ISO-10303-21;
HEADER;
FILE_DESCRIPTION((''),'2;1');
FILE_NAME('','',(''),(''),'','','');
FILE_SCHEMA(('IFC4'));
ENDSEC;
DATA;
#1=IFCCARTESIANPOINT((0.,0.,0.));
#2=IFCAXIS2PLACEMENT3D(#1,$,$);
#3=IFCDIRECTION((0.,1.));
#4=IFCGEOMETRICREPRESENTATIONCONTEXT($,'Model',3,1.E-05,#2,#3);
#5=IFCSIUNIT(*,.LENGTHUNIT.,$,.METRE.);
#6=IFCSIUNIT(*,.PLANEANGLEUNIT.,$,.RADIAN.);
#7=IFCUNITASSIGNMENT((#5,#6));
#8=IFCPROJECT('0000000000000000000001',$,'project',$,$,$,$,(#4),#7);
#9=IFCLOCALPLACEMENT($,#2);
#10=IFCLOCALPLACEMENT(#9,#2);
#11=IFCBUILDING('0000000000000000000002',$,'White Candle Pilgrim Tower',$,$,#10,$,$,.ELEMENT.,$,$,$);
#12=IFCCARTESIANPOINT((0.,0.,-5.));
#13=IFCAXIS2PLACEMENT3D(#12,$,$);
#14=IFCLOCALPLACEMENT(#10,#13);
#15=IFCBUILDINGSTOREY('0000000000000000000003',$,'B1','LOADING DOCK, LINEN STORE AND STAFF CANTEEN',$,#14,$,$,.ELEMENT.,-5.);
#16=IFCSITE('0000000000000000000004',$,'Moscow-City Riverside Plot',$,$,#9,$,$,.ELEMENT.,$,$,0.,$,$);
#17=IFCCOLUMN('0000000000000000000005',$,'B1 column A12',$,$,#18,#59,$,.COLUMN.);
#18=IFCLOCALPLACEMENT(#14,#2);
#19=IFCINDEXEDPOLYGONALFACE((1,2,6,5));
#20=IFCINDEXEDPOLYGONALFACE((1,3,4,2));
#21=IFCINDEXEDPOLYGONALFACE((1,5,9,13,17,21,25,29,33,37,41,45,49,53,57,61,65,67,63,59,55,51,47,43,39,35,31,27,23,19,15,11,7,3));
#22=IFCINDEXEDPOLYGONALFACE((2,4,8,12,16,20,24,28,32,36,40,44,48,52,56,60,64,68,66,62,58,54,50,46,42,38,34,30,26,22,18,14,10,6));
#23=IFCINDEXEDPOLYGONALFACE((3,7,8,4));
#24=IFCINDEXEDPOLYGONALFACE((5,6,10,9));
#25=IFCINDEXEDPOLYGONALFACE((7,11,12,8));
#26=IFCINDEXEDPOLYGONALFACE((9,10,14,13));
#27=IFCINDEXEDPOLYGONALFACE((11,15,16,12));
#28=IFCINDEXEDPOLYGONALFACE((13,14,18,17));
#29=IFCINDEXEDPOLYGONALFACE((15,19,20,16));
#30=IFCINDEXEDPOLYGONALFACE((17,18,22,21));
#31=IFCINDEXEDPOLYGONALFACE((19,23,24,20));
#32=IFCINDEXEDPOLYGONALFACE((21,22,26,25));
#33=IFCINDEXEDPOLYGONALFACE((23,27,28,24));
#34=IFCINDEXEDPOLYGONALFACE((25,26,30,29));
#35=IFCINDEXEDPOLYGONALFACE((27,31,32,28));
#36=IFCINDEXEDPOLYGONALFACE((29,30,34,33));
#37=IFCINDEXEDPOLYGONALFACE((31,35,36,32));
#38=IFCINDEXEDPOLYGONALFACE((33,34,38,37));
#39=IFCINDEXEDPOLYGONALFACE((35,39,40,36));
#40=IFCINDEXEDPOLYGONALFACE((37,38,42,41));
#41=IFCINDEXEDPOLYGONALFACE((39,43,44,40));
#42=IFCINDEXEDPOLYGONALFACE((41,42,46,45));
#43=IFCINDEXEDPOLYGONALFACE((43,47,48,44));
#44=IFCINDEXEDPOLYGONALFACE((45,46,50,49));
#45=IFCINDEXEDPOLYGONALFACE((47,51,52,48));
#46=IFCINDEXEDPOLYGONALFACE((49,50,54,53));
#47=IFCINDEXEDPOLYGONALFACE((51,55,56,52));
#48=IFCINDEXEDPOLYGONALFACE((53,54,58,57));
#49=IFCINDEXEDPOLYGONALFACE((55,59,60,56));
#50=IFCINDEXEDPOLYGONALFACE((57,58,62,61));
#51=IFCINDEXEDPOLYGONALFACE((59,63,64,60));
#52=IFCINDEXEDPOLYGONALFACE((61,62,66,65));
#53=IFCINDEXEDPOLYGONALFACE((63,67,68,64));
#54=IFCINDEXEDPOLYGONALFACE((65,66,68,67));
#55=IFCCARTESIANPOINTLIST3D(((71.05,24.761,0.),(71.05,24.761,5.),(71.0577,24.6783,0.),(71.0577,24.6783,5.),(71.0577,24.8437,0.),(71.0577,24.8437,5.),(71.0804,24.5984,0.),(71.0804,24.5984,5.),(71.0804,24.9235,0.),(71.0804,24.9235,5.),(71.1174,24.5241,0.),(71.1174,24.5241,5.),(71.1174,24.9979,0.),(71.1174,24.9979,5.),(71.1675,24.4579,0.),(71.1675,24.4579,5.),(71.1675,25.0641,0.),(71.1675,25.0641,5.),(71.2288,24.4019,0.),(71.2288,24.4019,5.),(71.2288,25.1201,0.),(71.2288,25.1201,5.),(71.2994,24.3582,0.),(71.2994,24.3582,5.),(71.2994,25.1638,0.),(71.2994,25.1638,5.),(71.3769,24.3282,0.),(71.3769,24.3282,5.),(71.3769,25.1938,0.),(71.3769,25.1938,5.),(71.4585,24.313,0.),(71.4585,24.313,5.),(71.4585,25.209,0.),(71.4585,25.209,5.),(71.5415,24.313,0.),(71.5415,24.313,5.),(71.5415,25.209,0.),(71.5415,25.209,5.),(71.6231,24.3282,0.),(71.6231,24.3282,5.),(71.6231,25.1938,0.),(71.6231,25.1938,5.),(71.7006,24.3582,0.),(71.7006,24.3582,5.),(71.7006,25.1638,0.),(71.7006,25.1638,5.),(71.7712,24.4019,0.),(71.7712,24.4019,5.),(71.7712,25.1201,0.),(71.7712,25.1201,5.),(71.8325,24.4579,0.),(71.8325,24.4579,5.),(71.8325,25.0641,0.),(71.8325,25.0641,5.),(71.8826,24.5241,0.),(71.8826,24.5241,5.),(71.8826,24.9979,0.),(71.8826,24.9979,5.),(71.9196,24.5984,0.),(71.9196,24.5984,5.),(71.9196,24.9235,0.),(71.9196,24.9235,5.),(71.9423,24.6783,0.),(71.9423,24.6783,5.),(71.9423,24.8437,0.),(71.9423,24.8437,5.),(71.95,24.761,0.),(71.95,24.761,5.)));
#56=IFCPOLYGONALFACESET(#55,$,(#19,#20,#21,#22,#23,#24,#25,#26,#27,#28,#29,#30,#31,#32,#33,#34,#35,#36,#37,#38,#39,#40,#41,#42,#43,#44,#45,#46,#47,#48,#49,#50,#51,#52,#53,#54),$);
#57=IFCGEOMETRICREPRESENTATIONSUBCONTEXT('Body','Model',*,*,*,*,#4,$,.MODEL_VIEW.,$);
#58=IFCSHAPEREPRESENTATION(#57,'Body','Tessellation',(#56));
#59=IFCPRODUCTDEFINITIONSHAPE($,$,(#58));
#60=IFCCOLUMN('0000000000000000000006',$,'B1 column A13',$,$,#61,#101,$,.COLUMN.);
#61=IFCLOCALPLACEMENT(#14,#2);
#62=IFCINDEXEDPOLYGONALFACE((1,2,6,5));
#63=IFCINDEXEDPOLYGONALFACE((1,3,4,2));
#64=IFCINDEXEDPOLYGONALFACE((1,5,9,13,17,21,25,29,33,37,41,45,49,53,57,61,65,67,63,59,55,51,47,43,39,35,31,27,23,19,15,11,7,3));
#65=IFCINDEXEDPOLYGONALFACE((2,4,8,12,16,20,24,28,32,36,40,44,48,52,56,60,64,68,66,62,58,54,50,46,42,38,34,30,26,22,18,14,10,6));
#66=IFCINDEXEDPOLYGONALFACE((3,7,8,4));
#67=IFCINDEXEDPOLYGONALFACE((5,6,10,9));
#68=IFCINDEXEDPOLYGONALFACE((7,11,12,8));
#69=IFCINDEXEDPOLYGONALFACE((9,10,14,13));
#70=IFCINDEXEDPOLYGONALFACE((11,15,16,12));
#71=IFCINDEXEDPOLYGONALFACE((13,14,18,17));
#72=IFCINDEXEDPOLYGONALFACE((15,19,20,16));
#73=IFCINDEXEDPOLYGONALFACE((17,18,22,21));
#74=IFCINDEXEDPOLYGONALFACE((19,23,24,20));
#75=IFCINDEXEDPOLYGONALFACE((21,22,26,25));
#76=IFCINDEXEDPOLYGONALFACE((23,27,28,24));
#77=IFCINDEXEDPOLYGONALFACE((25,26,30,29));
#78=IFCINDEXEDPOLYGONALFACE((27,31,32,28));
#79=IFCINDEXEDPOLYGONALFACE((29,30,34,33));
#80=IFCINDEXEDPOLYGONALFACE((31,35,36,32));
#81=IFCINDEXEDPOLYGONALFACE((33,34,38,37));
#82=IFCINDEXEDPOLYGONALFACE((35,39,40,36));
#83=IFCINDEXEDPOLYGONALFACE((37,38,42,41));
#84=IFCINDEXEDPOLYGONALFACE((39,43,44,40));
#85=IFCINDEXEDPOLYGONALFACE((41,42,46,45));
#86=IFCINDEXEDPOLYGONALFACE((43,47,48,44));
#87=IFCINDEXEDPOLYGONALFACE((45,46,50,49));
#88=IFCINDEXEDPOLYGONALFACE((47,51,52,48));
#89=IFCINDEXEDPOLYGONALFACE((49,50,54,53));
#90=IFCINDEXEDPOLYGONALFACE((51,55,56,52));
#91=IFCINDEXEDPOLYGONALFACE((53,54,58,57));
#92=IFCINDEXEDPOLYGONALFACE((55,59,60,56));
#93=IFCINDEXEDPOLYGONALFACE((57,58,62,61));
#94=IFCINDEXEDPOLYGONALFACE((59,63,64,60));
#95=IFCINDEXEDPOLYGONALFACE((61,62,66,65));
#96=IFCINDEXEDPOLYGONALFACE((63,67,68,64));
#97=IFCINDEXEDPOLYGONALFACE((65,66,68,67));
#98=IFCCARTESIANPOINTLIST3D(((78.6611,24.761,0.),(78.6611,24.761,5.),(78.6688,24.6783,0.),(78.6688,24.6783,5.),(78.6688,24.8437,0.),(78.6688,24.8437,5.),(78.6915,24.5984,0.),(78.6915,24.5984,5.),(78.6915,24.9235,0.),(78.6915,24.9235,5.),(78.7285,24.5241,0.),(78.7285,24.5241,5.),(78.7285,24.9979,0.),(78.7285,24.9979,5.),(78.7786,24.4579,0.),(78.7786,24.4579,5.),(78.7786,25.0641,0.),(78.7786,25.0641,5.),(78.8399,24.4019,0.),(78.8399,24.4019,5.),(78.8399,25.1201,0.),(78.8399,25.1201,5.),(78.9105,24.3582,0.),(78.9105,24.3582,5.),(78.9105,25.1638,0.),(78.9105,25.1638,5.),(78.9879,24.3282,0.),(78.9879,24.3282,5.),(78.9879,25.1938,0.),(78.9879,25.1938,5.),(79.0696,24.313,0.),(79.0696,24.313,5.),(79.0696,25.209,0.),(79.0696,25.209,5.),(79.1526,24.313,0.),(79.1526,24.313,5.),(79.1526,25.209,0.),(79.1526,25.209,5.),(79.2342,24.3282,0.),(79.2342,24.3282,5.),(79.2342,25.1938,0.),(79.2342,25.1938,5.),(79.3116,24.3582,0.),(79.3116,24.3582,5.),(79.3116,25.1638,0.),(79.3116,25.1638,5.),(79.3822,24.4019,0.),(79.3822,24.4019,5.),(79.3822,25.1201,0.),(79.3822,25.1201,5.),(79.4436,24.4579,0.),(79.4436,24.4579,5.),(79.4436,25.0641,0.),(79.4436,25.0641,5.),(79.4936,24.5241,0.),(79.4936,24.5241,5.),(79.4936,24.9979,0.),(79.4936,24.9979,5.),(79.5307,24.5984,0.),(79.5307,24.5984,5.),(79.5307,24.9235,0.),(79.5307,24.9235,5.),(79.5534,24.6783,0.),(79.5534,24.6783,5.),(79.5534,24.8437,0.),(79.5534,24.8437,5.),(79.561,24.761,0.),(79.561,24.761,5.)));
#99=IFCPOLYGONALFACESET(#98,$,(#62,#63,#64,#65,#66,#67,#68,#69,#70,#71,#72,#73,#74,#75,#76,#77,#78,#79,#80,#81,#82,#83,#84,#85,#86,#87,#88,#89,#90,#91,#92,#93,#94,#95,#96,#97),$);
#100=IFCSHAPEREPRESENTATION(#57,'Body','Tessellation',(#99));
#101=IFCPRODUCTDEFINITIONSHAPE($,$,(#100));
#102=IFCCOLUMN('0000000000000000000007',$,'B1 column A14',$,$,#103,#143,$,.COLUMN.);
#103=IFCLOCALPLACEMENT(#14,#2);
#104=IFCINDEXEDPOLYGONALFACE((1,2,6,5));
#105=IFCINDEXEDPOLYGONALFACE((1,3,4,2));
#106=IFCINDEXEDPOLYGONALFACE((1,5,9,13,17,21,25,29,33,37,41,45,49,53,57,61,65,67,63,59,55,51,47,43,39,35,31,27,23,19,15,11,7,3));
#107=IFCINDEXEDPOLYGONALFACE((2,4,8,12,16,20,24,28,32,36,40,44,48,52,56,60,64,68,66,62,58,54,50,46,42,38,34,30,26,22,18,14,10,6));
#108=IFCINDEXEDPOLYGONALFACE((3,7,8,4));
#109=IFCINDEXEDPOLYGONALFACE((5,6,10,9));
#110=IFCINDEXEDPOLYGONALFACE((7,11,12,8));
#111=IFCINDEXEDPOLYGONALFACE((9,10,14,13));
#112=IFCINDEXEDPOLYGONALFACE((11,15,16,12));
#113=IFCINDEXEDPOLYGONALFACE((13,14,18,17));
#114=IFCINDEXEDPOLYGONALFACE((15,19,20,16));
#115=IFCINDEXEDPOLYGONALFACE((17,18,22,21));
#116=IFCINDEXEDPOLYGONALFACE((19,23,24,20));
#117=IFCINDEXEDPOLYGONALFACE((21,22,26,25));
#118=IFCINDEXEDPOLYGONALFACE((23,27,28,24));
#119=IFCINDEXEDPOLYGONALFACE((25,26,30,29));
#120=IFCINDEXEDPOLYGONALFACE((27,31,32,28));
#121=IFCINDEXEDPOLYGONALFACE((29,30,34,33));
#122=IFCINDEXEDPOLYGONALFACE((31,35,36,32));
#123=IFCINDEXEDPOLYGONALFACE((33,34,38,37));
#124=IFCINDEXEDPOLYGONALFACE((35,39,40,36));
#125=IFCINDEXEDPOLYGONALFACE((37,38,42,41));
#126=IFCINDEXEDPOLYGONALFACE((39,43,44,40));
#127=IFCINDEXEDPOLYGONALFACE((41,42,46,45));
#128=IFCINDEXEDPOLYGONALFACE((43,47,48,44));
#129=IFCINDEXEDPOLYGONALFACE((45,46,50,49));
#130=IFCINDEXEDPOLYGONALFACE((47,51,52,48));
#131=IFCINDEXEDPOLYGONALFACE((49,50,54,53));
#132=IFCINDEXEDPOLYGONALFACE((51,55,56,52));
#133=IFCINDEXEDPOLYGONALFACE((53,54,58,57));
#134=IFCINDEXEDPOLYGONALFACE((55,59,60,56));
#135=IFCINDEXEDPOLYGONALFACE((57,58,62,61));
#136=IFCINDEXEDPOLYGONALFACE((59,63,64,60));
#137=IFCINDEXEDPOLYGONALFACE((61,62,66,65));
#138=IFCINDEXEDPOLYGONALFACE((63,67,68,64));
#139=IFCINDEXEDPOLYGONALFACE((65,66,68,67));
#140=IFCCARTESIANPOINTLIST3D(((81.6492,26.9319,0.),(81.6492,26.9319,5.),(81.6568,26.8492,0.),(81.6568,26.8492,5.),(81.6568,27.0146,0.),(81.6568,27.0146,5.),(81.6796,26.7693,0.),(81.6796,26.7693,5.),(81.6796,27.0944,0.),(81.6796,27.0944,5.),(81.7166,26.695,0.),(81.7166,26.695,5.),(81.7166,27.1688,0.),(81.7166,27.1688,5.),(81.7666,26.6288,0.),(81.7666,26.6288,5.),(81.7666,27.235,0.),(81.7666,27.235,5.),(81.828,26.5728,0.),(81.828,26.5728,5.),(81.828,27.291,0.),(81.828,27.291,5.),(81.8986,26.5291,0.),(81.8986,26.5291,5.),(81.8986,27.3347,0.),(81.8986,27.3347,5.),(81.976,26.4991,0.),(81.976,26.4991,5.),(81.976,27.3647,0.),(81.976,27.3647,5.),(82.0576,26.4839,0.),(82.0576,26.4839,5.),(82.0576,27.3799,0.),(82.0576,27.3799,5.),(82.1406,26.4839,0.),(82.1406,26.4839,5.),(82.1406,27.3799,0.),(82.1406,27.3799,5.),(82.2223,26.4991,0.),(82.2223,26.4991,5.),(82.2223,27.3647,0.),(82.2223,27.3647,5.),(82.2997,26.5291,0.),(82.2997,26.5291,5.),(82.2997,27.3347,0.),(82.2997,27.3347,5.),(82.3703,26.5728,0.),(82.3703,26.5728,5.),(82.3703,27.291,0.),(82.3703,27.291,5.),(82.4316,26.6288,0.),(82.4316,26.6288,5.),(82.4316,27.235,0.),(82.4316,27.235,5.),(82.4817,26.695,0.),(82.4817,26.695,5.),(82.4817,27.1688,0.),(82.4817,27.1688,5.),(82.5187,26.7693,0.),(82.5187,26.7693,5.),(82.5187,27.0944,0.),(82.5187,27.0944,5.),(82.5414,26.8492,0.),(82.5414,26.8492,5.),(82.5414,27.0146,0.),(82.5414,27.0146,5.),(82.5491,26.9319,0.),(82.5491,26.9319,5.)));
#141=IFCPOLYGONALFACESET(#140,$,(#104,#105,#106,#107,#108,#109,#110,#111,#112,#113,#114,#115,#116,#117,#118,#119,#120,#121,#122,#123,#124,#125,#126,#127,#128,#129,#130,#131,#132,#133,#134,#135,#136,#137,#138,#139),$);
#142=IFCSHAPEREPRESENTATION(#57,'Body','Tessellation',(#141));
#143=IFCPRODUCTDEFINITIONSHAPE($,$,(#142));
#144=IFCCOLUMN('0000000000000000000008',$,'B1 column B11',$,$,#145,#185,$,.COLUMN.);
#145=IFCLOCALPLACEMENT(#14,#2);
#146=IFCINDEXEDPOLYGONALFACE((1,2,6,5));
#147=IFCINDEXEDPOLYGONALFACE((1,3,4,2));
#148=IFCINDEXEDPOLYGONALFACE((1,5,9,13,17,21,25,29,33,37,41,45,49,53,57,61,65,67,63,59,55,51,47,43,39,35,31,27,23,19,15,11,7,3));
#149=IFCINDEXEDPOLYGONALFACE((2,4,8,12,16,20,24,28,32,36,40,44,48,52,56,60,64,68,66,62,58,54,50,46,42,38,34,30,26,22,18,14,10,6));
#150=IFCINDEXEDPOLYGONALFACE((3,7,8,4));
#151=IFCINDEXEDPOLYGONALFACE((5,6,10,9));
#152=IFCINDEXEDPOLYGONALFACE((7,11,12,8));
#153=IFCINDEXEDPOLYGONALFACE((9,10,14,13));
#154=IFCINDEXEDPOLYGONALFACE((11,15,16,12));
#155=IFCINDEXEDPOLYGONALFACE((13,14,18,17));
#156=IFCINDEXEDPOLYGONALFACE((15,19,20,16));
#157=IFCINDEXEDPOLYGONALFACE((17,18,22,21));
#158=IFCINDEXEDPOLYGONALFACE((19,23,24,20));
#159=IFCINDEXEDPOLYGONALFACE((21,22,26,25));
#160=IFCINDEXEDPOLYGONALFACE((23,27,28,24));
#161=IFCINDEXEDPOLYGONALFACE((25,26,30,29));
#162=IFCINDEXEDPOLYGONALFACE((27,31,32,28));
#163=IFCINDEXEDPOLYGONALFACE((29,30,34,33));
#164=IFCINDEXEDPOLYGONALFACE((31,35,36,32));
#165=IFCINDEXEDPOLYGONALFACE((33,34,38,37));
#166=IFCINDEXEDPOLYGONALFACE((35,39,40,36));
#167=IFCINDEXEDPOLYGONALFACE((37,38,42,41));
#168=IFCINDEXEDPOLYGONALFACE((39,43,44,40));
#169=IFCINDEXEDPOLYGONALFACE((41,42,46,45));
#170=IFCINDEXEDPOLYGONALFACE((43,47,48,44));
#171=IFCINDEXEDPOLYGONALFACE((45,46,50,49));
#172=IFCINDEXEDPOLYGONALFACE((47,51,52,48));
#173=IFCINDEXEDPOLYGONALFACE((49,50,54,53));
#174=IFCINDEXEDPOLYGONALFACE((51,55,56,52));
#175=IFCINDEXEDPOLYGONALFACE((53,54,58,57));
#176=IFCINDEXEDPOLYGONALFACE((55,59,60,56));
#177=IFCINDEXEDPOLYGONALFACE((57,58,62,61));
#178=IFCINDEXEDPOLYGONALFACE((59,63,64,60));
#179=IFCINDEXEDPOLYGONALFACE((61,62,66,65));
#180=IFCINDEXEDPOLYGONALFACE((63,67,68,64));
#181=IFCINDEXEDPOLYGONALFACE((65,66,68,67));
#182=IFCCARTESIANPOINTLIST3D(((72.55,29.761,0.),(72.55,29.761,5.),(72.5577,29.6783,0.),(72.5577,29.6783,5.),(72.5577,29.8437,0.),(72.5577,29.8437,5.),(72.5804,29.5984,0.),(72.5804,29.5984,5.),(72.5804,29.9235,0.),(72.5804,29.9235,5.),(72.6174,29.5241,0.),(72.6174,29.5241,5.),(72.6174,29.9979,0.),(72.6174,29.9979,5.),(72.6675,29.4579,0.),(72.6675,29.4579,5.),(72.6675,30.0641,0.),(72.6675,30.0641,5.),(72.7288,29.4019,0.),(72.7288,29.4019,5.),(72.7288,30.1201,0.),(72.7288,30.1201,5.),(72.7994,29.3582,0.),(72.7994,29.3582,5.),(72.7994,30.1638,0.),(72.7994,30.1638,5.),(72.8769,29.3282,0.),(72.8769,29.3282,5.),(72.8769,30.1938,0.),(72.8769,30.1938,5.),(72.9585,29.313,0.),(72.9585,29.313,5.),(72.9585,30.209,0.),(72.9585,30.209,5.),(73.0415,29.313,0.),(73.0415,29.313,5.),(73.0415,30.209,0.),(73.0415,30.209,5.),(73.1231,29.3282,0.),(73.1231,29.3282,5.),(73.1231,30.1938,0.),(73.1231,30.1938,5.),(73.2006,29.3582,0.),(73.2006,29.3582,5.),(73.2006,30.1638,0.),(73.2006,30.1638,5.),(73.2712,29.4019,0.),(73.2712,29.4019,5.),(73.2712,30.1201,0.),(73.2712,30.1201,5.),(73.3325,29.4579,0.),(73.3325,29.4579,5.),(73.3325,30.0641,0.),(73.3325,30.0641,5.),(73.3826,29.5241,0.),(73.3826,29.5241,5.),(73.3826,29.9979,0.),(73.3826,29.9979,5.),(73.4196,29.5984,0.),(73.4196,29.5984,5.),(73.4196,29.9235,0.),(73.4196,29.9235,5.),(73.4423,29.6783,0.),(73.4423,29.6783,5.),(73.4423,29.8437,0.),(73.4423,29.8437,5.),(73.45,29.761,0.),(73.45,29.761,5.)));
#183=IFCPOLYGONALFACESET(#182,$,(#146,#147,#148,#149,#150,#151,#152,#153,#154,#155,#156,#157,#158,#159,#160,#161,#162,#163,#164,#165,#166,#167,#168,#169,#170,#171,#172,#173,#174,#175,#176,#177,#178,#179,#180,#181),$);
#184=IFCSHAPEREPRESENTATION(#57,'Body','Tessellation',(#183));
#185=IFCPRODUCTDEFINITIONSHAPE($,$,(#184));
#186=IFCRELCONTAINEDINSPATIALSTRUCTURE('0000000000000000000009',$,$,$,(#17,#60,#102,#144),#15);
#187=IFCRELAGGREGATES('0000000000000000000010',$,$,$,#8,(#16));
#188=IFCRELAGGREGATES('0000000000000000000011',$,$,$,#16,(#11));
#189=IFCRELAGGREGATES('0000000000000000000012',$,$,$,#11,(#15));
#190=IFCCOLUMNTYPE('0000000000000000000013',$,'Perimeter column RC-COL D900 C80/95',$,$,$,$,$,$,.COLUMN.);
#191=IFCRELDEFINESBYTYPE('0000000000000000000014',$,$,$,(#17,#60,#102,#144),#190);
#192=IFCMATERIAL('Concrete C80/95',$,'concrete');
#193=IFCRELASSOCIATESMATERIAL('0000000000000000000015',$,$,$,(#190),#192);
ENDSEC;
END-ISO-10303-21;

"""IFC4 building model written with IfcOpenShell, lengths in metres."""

from ifc_helpers import new_model, si_unit, direction, frame, origin, origin_2d, place, context, subcontext, project, spatial, circle, extrude, material, material_profile, profile_set, type_object, element, save


model = new_model("IFC4")

# Units and contexts
model_context = context("Model", 3, precision=1e-05, world=origin(), true_north=direction((0.0, 1.0)))
body_context = subcontext(model_context, "Body", "Model", "MODEL_VIEW")
ifc_project = project(units=[si_unit("LENGTHUNIT", "METRE"), si_unit("PLANEANGLEUNIT", "RADIAN")], contexts=[model_context])

# Site, building, storey
site_placement = place(None, origin())
site = spatial("IfcSite", under=ifc_project, at=site_placement, Name="Moscow-City Riverside Plot", CompositionType="ELEMENT", RefElevation=0.0)
building_placement = place(site_placement, origin())
building = spatial("IfcBuilding", under=site, at=building_placement, Name="White Candle Pilgrim Tower", CompositionType="ELEMENT")
storey_placement = place(building_placement, frame((0.0, 0.0, -5.0)))
storey = spatial("IfcBuildingStorey", under=building, at=storey_placement, Name="B1", Description="LOADING DOCK, LINEN STORE AND STAFF CANTEEN", CompositionType="ELEMENT", Elevation=-5.0)

# Columns
ifc_material_1 = material(Name="Concrete C80/95", Category="concrete")
ifc_material_profile_1 = material_profile(ifc_material_1, circle(Radius=0.45, at=origin_2d()), Name="RC-COL D900")
ifc_profile_set_1 = profile_set([ifc_material_profile_1], Name="Concrete C80/95")
column_type = type_object("IfcColumnType", Name="Perimeter column RC-COL D900 C80/95", PredefinedType="COLUMN", material=ifc_profile_set_1)
for number, where, z_axis, x_axis, name in (
    (1, (71.5, 24.761, 0.0), (0.0, 0.0, 1.0), (1.0, 0.0, 0.0), "B1 column A12"),
    (2, (79.1111, 24.761, 0.0), (0.0, 0.0, 1.0), (1.0, 0.0, 0.0), "B1 column A13"),
    (3, (82.0991, 26.9319, 0.0), (0.0, 0.0, 1.0), (1.0, 0.0, 0.0), "B1 column A14"),
    (4, (73.0, 29.761, 0.0), (0.0, 0.0, 1.0), (1.0, 0.0, 0.0), "B1 column B11"),
):
    element("IfcColumn", number, at=place(storey_placement, frame(where, z_axis=z_axis, x_axis=x_axis)), inside=storey, type_object=column_type, Name=name, PredefinedType="COLUMN", context=body_context, shape_type="SweptSolid", body=[
        extrude(circle(Radius=0.45, at=origin_2d()), origin(), (0.0, 0.0, 1.0), 5.0),
    ])

save(model, "model.ifc")
